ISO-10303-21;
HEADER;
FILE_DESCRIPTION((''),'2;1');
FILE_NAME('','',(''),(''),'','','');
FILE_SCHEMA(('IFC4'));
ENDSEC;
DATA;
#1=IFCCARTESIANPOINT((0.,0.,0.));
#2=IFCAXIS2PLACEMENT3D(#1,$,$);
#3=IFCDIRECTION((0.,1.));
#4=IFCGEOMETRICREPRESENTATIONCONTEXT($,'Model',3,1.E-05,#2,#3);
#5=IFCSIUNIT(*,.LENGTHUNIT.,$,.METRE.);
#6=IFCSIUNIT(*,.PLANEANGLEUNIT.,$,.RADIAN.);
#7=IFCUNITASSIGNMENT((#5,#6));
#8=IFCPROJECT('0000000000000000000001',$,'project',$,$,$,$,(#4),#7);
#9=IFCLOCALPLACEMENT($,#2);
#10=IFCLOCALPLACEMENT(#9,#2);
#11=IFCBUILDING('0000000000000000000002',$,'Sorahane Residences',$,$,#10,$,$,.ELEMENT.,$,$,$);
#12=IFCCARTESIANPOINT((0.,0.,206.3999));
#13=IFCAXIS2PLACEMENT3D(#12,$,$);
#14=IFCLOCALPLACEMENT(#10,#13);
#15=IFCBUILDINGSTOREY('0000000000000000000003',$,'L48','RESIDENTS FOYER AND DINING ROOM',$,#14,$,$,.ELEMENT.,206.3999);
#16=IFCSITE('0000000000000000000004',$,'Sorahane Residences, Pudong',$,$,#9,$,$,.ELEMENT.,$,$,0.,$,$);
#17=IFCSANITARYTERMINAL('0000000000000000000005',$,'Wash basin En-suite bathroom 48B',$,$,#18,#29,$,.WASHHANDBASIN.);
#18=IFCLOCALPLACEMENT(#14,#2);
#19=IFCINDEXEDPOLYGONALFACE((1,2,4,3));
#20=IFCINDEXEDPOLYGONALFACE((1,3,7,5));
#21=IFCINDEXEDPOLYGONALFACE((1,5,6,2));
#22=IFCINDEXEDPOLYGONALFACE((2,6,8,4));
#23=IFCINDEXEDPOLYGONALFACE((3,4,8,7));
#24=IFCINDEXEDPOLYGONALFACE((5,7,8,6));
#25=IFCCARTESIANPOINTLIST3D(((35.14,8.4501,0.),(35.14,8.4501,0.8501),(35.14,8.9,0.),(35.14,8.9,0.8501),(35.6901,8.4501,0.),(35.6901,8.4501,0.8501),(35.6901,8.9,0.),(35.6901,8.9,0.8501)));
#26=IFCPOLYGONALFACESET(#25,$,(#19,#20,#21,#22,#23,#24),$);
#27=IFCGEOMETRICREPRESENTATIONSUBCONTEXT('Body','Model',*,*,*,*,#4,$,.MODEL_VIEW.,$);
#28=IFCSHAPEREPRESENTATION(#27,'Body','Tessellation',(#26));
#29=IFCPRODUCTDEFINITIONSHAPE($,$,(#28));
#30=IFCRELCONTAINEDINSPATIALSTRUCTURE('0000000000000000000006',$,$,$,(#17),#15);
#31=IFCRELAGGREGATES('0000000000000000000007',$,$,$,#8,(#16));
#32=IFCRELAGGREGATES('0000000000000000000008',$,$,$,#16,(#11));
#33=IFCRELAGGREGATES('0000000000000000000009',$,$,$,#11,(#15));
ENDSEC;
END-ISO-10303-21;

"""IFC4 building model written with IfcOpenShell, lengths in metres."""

from ifc_helpers import new_model, si_unit, direction, frame, origin, origin_2d, place, context, subcontext, project, spatial, rectangle, extrude, element, save


model = new_model("IFC4")

# Units and contexts
model_context = context("Model", 3, precision=1e-05, world=origin(), true_north=direction((0.0, 1.0)))
body_context = subcontext(model_context, "Body", "Model", "MODEL_VIEW")
ifc_project = project(units=[si_unit("LENGTHUNIT", "METRE"), si_unit("PLANEANGLEUNIT", "RADIAN")], contexts=[model_context])

# Site, building, storey
site_placement = place(None, origin())
site = spatial("IfcSite", under=ifc_project, at=site_placement, Name="Sorahane Residences, Pudong", CompositionType="ELEMENT", RefElevation=0.0)
building_placement = place(site_placement, origin())
building = spatial("IfcBuilding", under=site, at=building_placement, Name="Sorahane Residences", CompositionType="ELEMENT")
storey_placement = place(building_placement, frame((0.0, 0.0, 206.3999)))
storey = spatial("IfcBuildingStorey", under=building, at=storey_placement, Name="L48", Description="RESIDENTS FOYER AND DINING ROOM", CompositionType="ELEMENT", Elevation=206.3999)

# Sanitary terminal
sanitary_terminal_1_placement = place(storey_placement, frame((35.415, 8.675, 0.0), z_axis=(0.0, 0.0, 1.0), x_axis=(1.0, 0.0, 0.0)))
element("IfcSanitaryTerminal", 1, at=sanitary_terminal_1_placement, inside=storey, Name="Wash basin En-suite bathroom 48B", PredefinedType="WASHHANDBASIN", context=body_context, shape_type="SweptSolid", body=[
    extrude(rectangle(XDim=0.55, YDim=0.45, at=origin_2d()), origin(), (0.0, 0.0, 1.0), 0.8501),
])

save(model, "model.ifc")
